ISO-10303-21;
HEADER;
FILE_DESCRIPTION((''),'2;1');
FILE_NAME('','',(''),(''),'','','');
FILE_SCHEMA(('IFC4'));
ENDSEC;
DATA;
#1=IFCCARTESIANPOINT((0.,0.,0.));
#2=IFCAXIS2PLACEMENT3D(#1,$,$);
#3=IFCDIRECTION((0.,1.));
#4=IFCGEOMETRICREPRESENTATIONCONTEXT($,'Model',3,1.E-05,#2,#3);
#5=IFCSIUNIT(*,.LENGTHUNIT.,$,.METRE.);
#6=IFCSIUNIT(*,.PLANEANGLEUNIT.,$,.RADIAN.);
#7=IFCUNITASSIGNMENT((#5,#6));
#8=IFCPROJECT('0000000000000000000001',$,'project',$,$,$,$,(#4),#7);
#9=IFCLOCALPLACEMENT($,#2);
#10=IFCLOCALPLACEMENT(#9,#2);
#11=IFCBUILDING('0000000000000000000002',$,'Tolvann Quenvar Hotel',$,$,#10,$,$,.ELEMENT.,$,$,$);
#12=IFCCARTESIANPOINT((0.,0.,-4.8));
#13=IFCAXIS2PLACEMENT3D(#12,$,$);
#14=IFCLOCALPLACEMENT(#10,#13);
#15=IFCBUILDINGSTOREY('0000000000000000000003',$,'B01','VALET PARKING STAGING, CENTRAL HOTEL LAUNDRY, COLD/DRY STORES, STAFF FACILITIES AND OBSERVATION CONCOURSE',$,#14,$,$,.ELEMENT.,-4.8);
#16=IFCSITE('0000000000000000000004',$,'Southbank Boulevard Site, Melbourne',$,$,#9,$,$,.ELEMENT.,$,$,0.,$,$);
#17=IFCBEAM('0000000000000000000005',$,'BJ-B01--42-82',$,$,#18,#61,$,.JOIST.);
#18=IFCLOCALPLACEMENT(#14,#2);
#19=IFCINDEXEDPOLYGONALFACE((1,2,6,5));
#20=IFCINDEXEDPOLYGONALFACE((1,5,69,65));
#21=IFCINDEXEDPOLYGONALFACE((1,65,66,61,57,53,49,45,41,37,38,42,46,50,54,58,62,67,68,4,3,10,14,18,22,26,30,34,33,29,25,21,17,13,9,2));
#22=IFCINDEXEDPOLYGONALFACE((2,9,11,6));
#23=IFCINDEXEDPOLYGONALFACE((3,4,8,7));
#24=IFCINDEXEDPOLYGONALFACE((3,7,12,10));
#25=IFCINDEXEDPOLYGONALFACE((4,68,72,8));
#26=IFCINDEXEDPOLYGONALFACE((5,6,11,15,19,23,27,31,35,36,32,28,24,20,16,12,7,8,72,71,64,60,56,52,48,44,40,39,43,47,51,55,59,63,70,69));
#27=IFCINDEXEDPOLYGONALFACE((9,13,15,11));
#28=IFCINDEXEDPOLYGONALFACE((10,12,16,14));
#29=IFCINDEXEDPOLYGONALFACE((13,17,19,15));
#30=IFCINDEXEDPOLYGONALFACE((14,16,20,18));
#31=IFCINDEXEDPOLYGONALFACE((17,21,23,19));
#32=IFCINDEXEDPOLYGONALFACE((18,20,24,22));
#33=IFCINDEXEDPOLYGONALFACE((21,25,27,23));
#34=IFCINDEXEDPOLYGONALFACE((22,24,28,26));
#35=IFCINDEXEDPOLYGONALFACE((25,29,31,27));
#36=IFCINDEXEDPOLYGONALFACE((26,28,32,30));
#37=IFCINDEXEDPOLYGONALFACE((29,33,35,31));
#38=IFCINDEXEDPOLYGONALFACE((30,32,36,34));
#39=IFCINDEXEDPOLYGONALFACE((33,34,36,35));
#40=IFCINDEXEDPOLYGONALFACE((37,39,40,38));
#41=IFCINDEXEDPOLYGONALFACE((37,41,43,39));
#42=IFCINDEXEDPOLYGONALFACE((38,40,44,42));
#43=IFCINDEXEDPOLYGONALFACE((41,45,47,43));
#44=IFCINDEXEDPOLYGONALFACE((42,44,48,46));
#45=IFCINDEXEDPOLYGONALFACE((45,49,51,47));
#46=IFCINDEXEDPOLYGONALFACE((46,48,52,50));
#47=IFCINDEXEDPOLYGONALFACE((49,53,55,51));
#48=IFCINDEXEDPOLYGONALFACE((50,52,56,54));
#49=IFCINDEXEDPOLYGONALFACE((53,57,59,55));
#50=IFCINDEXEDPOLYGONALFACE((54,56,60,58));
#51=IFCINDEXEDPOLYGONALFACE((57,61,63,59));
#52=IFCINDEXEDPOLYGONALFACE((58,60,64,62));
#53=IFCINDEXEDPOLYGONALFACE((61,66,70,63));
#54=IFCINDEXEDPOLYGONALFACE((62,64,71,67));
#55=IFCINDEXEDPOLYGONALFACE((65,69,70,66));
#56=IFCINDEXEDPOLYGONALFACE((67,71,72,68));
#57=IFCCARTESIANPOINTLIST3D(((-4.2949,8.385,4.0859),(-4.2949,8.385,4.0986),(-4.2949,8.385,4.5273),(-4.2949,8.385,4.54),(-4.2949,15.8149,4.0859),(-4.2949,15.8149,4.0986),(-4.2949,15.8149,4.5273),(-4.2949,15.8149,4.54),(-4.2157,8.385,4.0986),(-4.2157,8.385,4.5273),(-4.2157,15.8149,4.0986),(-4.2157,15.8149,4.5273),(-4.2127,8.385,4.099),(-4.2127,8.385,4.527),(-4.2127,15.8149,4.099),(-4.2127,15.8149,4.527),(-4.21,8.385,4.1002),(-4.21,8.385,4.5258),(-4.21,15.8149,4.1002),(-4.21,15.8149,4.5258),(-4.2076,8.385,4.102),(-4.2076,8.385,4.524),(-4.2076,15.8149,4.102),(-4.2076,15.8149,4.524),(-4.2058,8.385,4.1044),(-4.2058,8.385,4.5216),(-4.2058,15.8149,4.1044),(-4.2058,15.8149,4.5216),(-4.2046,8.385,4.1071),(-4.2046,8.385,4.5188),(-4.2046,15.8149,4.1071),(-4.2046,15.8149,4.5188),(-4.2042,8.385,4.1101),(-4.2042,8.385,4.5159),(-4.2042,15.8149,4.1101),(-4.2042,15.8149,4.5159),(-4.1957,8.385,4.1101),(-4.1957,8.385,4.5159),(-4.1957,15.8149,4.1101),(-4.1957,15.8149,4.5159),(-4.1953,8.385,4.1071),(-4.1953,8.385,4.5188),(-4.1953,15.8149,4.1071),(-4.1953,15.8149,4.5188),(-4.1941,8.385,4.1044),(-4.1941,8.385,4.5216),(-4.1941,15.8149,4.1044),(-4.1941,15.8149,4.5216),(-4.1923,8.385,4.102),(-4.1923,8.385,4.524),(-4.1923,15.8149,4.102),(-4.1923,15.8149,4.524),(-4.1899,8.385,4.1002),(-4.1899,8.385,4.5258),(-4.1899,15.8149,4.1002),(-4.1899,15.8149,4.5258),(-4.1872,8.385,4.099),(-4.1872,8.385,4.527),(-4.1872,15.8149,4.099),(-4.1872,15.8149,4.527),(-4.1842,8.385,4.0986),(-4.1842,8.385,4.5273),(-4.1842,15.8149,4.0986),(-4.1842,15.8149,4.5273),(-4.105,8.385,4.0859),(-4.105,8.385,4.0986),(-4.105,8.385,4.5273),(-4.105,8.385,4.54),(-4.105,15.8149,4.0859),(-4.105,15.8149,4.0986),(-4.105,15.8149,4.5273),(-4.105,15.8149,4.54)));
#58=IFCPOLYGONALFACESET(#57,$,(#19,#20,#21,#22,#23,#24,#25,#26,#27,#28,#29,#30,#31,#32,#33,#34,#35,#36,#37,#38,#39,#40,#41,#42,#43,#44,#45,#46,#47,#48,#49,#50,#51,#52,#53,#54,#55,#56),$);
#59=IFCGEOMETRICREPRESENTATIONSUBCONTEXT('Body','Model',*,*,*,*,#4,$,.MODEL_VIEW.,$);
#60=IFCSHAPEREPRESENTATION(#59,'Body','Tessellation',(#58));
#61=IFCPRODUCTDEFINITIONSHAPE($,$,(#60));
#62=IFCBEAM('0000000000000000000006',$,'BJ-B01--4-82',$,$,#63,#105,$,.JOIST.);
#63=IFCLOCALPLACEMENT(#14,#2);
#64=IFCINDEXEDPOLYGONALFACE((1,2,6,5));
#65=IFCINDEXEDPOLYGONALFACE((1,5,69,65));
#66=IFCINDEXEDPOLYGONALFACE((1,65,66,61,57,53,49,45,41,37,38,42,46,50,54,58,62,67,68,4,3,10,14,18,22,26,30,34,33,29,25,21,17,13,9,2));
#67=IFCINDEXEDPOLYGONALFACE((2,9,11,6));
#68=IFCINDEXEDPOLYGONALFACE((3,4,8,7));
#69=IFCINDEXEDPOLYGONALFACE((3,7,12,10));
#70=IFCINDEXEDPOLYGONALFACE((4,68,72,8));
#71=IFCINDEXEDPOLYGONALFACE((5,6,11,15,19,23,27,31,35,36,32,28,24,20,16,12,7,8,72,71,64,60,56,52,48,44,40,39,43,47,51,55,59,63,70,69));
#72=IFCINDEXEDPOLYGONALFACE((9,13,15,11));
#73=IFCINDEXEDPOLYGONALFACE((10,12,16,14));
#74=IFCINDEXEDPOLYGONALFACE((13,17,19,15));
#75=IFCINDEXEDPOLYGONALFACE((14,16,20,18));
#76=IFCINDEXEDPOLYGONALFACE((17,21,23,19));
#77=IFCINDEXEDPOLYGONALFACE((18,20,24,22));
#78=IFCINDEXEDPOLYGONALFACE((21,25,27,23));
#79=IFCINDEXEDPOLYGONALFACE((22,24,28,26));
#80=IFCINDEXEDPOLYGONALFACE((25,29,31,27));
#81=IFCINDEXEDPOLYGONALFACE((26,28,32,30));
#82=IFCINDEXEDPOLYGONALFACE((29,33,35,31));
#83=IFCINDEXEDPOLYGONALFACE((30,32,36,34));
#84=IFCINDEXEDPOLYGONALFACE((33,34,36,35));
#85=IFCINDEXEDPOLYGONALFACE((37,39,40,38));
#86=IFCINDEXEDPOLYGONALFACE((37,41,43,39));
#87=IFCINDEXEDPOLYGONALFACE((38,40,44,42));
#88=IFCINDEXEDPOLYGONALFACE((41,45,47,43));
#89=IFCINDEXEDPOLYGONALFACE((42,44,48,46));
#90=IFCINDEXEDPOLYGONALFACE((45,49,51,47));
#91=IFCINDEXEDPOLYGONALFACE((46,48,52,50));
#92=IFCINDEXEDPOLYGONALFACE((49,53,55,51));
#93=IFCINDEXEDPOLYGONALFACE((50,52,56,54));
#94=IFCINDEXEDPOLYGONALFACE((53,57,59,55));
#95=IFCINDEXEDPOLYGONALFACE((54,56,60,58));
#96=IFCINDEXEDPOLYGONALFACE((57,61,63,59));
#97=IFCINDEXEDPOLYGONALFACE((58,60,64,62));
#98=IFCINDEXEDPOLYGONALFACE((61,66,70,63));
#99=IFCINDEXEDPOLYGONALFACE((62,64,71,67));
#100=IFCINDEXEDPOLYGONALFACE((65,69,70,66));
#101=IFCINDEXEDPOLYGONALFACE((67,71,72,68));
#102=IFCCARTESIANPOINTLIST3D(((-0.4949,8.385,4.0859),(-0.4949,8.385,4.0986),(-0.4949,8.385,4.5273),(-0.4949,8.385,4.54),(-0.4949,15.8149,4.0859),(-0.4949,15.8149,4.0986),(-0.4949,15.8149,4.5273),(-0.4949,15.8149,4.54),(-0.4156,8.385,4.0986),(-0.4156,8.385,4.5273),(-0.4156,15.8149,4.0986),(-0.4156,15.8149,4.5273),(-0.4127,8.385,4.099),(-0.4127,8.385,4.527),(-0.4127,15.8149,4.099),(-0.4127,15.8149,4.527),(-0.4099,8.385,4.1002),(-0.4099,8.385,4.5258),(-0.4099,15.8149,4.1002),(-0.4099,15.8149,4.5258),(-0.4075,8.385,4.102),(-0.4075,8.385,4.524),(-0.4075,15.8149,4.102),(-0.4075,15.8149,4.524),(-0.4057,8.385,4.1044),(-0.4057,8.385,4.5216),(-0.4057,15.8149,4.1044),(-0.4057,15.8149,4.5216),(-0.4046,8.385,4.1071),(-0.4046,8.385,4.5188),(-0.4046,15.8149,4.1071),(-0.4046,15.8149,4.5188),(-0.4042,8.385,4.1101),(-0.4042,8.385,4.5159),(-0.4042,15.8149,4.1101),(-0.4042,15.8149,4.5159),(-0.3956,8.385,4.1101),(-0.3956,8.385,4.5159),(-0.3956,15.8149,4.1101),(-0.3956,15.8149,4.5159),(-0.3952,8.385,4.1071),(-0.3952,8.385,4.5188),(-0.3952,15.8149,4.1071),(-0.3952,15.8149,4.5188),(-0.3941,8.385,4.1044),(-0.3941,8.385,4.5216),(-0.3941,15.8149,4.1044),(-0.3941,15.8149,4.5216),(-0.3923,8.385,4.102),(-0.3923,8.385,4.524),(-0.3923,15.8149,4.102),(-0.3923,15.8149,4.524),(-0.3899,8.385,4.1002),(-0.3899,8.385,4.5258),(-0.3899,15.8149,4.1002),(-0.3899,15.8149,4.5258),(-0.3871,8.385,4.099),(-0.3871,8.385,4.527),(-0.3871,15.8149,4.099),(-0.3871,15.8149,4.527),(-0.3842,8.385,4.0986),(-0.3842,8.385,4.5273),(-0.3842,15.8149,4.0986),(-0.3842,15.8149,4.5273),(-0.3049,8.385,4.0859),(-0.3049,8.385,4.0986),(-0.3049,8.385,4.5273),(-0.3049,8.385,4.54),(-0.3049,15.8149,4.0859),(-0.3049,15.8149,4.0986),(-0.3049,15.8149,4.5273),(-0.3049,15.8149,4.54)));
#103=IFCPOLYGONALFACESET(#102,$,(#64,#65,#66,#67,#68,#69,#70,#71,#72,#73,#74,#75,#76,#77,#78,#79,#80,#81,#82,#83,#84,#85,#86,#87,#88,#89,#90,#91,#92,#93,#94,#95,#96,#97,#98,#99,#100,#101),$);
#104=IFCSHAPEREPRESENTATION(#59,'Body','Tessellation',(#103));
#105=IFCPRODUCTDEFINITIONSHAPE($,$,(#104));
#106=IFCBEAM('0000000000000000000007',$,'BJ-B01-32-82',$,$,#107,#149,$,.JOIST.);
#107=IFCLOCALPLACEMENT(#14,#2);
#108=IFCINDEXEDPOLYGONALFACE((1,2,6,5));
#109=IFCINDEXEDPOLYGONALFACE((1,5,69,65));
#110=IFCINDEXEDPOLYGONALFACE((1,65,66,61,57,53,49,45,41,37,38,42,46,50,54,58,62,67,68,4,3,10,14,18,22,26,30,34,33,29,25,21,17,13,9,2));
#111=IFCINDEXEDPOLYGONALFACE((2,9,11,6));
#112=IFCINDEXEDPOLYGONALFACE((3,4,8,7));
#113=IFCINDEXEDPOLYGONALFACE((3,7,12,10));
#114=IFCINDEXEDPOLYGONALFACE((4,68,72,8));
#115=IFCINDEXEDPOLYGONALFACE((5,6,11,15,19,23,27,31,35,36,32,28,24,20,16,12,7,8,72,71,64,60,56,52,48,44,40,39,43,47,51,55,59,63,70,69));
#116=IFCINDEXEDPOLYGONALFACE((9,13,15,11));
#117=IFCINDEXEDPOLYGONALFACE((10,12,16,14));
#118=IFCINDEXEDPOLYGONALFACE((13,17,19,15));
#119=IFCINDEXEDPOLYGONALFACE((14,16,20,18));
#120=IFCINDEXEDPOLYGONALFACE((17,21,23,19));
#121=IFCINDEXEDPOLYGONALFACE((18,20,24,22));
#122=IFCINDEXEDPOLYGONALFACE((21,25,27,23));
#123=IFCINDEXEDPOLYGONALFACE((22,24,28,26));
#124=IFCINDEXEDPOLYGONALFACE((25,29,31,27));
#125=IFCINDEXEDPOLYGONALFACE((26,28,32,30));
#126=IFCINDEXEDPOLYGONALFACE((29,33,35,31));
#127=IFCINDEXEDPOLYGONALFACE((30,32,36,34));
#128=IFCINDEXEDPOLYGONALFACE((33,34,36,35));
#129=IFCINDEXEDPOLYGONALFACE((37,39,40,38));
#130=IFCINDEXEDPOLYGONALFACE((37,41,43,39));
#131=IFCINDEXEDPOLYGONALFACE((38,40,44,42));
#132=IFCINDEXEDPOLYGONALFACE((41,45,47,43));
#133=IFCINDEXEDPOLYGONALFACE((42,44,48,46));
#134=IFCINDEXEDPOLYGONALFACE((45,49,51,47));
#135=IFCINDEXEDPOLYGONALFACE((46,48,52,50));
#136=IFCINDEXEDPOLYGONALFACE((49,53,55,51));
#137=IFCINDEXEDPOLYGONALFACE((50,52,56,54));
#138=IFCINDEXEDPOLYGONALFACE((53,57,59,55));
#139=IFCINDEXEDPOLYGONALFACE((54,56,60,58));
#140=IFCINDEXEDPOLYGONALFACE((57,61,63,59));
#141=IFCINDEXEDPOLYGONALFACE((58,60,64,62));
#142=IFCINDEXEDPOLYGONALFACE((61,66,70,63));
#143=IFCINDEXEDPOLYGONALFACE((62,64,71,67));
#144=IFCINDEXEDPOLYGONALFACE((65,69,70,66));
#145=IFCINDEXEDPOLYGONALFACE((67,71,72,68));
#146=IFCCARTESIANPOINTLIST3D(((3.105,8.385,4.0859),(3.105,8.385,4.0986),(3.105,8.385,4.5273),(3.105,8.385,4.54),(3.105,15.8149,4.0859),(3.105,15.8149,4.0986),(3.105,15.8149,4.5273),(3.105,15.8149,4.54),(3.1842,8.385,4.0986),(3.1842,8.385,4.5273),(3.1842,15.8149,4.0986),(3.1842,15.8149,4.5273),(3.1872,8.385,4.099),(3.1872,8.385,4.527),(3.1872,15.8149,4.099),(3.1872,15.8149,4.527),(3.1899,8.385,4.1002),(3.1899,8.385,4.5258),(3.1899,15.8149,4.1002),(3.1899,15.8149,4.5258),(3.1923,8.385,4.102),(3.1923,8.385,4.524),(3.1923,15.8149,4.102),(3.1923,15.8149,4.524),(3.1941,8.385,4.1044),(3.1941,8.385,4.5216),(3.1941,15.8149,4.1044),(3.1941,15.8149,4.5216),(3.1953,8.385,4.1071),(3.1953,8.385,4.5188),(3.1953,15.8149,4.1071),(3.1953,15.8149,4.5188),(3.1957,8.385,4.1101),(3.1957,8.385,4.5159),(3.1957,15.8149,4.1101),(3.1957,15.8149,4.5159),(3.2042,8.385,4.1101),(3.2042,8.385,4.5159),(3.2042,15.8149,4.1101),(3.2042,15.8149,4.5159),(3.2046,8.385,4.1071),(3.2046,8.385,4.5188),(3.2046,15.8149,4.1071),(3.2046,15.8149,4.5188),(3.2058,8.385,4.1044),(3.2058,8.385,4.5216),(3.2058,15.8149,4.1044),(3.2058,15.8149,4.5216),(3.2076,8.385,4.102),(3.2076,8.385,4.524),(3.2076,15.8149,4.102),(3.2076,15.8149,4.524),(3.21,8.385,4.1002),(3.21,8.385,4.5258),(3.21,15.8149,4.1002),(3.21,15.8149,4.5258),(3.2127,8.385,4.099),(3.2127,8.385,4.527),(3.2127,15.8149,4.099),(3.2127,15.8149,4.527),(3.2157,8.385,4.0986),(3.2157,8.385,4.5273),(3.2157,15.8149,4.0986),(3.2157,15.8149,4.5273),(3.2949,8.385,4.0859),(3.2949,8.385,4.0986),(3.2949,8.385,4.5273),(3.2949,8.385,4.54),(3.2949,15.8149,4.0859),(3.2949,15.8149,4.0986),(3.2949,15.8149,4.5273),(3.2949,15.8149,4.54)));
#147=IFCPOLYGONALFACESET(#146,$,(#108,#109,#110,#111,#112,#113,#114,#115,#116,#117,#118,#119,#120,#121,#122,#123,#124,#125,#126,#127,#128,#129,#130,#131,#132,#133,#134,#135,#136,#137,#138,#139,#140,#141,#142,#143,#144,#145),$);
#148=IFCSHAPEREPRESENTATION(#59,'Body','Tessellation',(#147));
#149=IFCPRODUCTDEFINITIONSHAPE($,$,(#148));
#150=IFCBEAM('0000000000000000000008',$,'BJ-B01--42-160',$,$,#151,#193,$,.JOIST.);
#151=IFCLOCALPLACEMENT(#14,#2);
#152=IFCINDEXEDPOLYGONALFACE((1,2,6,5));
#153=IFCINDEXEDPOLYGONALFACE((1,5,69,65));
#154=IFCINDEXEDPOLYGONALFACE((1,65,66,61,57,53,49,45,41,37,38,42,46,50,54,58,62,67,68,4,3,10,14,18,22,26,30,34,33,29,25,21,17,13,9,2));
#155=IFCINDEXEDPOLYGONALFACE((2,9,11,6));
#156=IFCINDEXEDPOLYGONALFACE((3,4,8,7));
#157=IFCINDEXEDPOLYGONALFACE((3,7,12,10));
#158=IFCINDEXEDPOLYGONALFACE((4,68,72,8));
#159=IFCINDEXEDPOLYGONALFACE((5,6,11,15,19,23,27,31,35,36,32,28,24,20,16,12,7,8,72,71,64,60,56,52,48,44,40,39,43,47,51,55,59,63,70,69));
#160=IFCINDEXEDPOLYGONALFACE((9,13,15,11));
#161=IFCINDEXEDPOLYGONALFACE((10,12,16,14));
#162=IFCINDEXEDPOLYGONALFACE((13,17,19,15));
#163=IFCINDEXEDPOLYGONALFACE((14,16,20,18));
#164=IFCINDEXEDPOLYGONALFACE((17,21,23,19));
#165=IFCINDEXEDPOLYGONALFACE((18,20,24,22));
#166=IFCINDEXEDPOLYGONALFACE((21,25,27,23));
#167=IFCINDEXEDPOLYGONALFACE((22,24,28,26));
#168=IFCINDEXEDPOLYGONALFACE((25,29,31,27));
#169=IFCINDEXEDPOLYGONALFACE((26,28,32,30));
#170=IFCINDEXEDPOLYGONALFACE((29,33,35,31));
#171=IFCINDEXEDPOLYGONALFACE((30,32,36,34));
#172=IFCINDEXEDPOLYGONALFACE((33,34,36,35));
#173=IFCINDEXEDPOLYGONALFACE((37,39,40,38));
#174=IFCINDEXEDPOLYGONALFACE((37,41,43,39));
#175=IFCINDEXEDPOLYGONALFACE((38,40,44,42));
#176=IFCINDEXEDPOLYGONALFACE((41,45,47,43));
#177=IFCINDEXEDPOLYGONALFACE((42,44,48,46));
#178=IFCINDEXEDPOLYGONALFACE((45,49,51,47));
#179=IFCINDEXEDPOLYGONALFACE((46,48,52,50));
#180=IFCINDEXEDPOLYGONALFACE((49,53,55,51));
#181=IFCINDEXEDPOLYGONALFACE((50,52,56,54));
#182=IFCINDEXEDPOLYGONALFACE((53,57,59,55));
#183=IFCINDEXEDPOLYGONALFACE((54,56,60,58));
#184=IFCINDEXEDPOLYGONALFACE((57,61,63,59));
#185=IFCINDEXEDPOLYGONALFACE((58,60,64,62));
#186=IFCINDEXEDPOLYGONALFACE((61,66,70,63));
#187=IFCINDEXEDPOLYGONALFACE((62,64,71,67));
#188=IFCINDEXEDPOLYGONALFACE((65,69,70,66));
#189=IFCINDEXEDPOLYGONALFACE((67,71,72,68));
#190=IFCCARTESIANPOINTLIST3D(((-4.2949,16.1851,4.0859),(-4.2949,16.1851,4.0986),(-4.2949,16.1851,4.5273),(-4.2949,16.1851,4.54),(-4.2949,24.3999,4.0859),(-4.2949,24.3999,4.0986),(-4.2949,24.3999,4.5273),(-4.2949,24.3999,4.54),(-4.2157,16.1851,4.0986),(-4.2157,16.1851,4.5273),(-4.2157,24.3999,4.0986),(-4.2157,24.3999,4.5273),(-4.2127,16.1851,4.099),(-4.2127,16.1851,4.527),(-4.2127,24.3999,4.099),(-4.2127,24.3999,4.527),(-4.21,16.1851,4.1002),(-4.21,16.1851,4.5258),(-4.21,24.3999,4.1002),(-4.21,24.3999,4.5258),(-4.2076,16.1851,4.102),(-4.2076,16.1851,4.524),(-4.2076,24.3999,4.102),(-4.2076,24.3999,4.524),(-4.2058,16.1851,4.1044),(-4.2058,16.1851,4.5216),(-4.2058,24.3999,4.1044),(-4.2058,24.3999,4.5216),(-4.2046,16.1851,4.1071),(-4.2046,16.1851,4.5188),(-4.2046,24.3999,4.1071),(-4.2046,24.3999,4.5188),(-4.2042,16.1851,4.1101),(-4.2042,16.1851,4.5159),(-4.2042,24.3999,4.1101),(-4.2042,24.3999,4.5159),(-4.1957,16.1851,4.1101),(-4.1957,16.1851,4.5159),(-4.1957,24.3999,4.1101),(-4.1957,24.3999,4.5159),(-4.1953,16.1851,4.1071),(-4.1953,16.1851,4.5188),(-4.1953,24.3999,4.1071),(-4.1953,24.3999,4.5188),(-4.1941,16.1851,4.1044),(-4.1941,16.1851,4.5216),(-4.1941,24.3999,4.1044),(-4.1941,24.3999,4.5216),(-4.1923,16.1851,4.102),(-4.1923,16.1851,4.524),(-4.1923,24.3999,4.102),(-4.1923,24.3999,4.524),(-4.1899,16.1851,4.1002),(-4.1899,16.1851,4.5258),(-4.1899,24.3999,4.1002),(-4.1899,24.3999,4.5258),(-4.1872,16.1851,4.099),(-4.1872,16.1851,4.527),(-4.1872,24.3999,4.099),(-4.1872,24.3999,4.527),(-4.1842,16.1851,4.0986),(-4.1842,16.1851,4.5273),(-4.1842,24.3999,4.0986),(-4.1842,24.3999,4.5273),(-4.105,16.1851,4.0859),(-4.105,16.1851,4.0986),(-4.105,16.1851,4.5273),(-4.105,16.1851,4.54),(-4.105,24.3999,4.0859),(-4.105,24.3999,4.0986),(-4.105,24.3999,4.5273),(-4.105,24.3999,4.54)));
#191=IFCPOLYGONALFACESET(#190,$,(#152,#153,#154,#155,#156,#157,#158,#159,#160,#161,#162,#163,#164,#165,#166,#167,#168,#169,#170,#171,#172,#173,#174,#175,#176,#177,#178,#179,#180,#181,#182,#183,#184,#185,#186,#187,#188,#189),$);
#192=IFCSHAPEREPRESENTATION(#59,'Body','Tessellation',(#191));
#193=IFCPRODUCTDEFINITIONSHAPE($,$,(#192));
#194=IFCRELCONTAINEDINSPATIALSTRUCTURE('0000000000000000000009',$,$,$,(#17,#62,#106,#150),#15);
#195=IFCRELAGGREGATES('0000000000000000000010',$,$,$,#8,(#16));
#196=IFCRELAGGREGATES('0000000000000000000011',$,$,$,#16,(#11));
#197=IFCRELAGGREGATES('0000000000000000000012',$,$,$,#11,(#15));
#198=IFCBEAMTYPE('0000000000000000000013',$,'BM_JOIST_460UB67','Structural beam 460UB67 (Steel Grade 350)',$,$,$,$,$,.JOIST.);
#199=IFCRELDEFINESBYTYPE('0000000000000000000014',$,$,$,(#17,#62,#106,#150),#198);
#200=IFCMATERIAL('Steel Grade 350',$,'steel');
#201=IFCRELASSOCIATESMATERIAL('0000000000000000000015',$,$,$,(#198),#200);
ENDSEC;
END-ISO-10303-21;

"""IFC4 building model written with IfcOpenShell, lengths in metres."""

from ifc_helpers import new_model, si_unit, direction, frame, origin, origin_2d, place, context, subcontext, project, spatial, i_section, extrude, source, transform, mapped, material, material_profile, profile_set, type_object, element, save


model = new_model("IFC4")

# Units and contexts
model_context = context("Model", 3, precision=1e-05, world=origin(), true_north=direction((0.0, 1.0)))
body_context = subcontext(model_context, "Body", "Model", "MODEL_VIEW")
ifc_project = project(units=[si_unit("LENGTHUNIT", "METRE"), si_unit("PLANEANGLEUNIT", "RADIAN")], contexts=[model_context])

# Site, building, storey
site_placement = place(None, origin())
site = spatial("IfcSite", under=ifc_project, at=site_placement, Name="Southbank Boulevard Site, Melbourne", CompositionType="ELEMENT", RefElevation=0.0)
building_placement = place(site_placement, origin())
building = spatial("IfcBuilding", under=site, at=building_placement, Name="Tolvann Quenvar Hotel", CompositionType="ELEMENT")
storey_placement = place(building_placement, frame((0.0, 0.0, -4.8)))
storey = spatial("IfcBuildingStorey", under=building, at=storey_placement, Name="B01", Description="VALET PARKING STAGING, CENTRAL HOTEL LAUNDRY, COLD/DRY STORES, STAFF FACILITIES AND OBSERVATION CONCOURSE", CompositionType="ELEMENT", Elevation=-4.8)

# Beams
ifc_material_1 = material(Name="Steel Grade 350", Category="steel")
ifc_material_profile_1 = material_profile(ifc_material_1, i_section(OverallWidth=0.1899, OverallDepth=0.4541, WebThickness=0.0085, FlangeThickness=0.0127, FilletRadius=0.0115, at=origin_2d()), Name="460UB67")
ifc_profile_set_1 = profile_set([ifc_material_profile_1], Name="Steel Grade 350")
beam_type_1 = type_object("IfcBeamType", Name="BM_JOIST_460UB67", Description="Structural beam 460UB67 (Steel Grade 350)", PredefinedType="JOIST", material=ifc_profile_set_1)
shared_shape_1 = source(origin(), body_context, "Body", "SweptSolid", [
    extrude(i_section(OverallWidth=0.1899, OverallDepth=0.4541, WebThickness=0.0085, FlangeThickness=0.0127, FilletRadius=0.0115, at=origin_2d()), origin(), (0.0, 0.0, 1.0), 7.4299),
])
for number, where, z_axis, x_axis, name in (
    (1, (-4.2, 8.385, 4.313), (0.0, 1.0, 0.0), (-1.0, 0.0, 0.0), "BJ-B01--42-82"),
    (2, (-0.3999, 8.385, 4.313), (0.0, 1.0, 0.0), (-1.0, 0.0, 0.0), "BJ-B01--4-82"),
    (3, (3.2, 8.385, 4.313), (0.0, 1.0, 0.0), (-1.0, 0.0, 0.0), "BJ-B01-32-82"),
):
    element("IfcBeam", number, at=place(storey_placement, frame(where, z_axis=z_axis, x_axis=x_axis)), inside=storey, type_object=beam_type_1, Name=name, PredefinedType="JOIST", context=body_context, shape_type="MappedRepresentation", body=[
        mapped(shared_shape_1, transform((0.0, 0.0, 0.0), x_axis=(1.0, 0.0, 0.0), y_axis=(0.0, 1.0, 0.0), z_axis=(0.0, 0.0, 1.0), scale=1.0)),
    ])
shared_shape_2 = source(origin(), body_context, "Body", "SweptSolid", [
    extrude(i_section(OverallWidth=0.1899, OverallDepth=0.4541, WebThickness=0.0085, FlangeThickness=0.0127, FilletRadius=0.0115, at=origin_2d()), origin(), (0.0, 0.0, 1.0), 8.2148),
])
for number, where, z_axis, x_axis, name in (
    (4, (-4.2, 16.1851, 4.313), (0.0, 1.0, 0.0), (-1.0, 0.0, 0.0), "BJ-B01--42-160"),
):
    element("IfcBeam", number, at=place(storey_placement, frame(where, z_axis=z_axis, x_axis=x_axis)), inside=storey, type_object=beam_type_1, Name=name, PredefinedType="JOIST", context=body_context, shape_type="MappedRepresentation", body=[
        mapped(shared_shape_2, transform((0.0, 0.0, 0.0), x_axis=(1.0, 0.0, 0.0), y_axis=(0.0, 1.0, 0.0), z_axis=(0.0, 0.0, 1.0), scale=1.0)),
    ])

save(model, "model.ifc")
